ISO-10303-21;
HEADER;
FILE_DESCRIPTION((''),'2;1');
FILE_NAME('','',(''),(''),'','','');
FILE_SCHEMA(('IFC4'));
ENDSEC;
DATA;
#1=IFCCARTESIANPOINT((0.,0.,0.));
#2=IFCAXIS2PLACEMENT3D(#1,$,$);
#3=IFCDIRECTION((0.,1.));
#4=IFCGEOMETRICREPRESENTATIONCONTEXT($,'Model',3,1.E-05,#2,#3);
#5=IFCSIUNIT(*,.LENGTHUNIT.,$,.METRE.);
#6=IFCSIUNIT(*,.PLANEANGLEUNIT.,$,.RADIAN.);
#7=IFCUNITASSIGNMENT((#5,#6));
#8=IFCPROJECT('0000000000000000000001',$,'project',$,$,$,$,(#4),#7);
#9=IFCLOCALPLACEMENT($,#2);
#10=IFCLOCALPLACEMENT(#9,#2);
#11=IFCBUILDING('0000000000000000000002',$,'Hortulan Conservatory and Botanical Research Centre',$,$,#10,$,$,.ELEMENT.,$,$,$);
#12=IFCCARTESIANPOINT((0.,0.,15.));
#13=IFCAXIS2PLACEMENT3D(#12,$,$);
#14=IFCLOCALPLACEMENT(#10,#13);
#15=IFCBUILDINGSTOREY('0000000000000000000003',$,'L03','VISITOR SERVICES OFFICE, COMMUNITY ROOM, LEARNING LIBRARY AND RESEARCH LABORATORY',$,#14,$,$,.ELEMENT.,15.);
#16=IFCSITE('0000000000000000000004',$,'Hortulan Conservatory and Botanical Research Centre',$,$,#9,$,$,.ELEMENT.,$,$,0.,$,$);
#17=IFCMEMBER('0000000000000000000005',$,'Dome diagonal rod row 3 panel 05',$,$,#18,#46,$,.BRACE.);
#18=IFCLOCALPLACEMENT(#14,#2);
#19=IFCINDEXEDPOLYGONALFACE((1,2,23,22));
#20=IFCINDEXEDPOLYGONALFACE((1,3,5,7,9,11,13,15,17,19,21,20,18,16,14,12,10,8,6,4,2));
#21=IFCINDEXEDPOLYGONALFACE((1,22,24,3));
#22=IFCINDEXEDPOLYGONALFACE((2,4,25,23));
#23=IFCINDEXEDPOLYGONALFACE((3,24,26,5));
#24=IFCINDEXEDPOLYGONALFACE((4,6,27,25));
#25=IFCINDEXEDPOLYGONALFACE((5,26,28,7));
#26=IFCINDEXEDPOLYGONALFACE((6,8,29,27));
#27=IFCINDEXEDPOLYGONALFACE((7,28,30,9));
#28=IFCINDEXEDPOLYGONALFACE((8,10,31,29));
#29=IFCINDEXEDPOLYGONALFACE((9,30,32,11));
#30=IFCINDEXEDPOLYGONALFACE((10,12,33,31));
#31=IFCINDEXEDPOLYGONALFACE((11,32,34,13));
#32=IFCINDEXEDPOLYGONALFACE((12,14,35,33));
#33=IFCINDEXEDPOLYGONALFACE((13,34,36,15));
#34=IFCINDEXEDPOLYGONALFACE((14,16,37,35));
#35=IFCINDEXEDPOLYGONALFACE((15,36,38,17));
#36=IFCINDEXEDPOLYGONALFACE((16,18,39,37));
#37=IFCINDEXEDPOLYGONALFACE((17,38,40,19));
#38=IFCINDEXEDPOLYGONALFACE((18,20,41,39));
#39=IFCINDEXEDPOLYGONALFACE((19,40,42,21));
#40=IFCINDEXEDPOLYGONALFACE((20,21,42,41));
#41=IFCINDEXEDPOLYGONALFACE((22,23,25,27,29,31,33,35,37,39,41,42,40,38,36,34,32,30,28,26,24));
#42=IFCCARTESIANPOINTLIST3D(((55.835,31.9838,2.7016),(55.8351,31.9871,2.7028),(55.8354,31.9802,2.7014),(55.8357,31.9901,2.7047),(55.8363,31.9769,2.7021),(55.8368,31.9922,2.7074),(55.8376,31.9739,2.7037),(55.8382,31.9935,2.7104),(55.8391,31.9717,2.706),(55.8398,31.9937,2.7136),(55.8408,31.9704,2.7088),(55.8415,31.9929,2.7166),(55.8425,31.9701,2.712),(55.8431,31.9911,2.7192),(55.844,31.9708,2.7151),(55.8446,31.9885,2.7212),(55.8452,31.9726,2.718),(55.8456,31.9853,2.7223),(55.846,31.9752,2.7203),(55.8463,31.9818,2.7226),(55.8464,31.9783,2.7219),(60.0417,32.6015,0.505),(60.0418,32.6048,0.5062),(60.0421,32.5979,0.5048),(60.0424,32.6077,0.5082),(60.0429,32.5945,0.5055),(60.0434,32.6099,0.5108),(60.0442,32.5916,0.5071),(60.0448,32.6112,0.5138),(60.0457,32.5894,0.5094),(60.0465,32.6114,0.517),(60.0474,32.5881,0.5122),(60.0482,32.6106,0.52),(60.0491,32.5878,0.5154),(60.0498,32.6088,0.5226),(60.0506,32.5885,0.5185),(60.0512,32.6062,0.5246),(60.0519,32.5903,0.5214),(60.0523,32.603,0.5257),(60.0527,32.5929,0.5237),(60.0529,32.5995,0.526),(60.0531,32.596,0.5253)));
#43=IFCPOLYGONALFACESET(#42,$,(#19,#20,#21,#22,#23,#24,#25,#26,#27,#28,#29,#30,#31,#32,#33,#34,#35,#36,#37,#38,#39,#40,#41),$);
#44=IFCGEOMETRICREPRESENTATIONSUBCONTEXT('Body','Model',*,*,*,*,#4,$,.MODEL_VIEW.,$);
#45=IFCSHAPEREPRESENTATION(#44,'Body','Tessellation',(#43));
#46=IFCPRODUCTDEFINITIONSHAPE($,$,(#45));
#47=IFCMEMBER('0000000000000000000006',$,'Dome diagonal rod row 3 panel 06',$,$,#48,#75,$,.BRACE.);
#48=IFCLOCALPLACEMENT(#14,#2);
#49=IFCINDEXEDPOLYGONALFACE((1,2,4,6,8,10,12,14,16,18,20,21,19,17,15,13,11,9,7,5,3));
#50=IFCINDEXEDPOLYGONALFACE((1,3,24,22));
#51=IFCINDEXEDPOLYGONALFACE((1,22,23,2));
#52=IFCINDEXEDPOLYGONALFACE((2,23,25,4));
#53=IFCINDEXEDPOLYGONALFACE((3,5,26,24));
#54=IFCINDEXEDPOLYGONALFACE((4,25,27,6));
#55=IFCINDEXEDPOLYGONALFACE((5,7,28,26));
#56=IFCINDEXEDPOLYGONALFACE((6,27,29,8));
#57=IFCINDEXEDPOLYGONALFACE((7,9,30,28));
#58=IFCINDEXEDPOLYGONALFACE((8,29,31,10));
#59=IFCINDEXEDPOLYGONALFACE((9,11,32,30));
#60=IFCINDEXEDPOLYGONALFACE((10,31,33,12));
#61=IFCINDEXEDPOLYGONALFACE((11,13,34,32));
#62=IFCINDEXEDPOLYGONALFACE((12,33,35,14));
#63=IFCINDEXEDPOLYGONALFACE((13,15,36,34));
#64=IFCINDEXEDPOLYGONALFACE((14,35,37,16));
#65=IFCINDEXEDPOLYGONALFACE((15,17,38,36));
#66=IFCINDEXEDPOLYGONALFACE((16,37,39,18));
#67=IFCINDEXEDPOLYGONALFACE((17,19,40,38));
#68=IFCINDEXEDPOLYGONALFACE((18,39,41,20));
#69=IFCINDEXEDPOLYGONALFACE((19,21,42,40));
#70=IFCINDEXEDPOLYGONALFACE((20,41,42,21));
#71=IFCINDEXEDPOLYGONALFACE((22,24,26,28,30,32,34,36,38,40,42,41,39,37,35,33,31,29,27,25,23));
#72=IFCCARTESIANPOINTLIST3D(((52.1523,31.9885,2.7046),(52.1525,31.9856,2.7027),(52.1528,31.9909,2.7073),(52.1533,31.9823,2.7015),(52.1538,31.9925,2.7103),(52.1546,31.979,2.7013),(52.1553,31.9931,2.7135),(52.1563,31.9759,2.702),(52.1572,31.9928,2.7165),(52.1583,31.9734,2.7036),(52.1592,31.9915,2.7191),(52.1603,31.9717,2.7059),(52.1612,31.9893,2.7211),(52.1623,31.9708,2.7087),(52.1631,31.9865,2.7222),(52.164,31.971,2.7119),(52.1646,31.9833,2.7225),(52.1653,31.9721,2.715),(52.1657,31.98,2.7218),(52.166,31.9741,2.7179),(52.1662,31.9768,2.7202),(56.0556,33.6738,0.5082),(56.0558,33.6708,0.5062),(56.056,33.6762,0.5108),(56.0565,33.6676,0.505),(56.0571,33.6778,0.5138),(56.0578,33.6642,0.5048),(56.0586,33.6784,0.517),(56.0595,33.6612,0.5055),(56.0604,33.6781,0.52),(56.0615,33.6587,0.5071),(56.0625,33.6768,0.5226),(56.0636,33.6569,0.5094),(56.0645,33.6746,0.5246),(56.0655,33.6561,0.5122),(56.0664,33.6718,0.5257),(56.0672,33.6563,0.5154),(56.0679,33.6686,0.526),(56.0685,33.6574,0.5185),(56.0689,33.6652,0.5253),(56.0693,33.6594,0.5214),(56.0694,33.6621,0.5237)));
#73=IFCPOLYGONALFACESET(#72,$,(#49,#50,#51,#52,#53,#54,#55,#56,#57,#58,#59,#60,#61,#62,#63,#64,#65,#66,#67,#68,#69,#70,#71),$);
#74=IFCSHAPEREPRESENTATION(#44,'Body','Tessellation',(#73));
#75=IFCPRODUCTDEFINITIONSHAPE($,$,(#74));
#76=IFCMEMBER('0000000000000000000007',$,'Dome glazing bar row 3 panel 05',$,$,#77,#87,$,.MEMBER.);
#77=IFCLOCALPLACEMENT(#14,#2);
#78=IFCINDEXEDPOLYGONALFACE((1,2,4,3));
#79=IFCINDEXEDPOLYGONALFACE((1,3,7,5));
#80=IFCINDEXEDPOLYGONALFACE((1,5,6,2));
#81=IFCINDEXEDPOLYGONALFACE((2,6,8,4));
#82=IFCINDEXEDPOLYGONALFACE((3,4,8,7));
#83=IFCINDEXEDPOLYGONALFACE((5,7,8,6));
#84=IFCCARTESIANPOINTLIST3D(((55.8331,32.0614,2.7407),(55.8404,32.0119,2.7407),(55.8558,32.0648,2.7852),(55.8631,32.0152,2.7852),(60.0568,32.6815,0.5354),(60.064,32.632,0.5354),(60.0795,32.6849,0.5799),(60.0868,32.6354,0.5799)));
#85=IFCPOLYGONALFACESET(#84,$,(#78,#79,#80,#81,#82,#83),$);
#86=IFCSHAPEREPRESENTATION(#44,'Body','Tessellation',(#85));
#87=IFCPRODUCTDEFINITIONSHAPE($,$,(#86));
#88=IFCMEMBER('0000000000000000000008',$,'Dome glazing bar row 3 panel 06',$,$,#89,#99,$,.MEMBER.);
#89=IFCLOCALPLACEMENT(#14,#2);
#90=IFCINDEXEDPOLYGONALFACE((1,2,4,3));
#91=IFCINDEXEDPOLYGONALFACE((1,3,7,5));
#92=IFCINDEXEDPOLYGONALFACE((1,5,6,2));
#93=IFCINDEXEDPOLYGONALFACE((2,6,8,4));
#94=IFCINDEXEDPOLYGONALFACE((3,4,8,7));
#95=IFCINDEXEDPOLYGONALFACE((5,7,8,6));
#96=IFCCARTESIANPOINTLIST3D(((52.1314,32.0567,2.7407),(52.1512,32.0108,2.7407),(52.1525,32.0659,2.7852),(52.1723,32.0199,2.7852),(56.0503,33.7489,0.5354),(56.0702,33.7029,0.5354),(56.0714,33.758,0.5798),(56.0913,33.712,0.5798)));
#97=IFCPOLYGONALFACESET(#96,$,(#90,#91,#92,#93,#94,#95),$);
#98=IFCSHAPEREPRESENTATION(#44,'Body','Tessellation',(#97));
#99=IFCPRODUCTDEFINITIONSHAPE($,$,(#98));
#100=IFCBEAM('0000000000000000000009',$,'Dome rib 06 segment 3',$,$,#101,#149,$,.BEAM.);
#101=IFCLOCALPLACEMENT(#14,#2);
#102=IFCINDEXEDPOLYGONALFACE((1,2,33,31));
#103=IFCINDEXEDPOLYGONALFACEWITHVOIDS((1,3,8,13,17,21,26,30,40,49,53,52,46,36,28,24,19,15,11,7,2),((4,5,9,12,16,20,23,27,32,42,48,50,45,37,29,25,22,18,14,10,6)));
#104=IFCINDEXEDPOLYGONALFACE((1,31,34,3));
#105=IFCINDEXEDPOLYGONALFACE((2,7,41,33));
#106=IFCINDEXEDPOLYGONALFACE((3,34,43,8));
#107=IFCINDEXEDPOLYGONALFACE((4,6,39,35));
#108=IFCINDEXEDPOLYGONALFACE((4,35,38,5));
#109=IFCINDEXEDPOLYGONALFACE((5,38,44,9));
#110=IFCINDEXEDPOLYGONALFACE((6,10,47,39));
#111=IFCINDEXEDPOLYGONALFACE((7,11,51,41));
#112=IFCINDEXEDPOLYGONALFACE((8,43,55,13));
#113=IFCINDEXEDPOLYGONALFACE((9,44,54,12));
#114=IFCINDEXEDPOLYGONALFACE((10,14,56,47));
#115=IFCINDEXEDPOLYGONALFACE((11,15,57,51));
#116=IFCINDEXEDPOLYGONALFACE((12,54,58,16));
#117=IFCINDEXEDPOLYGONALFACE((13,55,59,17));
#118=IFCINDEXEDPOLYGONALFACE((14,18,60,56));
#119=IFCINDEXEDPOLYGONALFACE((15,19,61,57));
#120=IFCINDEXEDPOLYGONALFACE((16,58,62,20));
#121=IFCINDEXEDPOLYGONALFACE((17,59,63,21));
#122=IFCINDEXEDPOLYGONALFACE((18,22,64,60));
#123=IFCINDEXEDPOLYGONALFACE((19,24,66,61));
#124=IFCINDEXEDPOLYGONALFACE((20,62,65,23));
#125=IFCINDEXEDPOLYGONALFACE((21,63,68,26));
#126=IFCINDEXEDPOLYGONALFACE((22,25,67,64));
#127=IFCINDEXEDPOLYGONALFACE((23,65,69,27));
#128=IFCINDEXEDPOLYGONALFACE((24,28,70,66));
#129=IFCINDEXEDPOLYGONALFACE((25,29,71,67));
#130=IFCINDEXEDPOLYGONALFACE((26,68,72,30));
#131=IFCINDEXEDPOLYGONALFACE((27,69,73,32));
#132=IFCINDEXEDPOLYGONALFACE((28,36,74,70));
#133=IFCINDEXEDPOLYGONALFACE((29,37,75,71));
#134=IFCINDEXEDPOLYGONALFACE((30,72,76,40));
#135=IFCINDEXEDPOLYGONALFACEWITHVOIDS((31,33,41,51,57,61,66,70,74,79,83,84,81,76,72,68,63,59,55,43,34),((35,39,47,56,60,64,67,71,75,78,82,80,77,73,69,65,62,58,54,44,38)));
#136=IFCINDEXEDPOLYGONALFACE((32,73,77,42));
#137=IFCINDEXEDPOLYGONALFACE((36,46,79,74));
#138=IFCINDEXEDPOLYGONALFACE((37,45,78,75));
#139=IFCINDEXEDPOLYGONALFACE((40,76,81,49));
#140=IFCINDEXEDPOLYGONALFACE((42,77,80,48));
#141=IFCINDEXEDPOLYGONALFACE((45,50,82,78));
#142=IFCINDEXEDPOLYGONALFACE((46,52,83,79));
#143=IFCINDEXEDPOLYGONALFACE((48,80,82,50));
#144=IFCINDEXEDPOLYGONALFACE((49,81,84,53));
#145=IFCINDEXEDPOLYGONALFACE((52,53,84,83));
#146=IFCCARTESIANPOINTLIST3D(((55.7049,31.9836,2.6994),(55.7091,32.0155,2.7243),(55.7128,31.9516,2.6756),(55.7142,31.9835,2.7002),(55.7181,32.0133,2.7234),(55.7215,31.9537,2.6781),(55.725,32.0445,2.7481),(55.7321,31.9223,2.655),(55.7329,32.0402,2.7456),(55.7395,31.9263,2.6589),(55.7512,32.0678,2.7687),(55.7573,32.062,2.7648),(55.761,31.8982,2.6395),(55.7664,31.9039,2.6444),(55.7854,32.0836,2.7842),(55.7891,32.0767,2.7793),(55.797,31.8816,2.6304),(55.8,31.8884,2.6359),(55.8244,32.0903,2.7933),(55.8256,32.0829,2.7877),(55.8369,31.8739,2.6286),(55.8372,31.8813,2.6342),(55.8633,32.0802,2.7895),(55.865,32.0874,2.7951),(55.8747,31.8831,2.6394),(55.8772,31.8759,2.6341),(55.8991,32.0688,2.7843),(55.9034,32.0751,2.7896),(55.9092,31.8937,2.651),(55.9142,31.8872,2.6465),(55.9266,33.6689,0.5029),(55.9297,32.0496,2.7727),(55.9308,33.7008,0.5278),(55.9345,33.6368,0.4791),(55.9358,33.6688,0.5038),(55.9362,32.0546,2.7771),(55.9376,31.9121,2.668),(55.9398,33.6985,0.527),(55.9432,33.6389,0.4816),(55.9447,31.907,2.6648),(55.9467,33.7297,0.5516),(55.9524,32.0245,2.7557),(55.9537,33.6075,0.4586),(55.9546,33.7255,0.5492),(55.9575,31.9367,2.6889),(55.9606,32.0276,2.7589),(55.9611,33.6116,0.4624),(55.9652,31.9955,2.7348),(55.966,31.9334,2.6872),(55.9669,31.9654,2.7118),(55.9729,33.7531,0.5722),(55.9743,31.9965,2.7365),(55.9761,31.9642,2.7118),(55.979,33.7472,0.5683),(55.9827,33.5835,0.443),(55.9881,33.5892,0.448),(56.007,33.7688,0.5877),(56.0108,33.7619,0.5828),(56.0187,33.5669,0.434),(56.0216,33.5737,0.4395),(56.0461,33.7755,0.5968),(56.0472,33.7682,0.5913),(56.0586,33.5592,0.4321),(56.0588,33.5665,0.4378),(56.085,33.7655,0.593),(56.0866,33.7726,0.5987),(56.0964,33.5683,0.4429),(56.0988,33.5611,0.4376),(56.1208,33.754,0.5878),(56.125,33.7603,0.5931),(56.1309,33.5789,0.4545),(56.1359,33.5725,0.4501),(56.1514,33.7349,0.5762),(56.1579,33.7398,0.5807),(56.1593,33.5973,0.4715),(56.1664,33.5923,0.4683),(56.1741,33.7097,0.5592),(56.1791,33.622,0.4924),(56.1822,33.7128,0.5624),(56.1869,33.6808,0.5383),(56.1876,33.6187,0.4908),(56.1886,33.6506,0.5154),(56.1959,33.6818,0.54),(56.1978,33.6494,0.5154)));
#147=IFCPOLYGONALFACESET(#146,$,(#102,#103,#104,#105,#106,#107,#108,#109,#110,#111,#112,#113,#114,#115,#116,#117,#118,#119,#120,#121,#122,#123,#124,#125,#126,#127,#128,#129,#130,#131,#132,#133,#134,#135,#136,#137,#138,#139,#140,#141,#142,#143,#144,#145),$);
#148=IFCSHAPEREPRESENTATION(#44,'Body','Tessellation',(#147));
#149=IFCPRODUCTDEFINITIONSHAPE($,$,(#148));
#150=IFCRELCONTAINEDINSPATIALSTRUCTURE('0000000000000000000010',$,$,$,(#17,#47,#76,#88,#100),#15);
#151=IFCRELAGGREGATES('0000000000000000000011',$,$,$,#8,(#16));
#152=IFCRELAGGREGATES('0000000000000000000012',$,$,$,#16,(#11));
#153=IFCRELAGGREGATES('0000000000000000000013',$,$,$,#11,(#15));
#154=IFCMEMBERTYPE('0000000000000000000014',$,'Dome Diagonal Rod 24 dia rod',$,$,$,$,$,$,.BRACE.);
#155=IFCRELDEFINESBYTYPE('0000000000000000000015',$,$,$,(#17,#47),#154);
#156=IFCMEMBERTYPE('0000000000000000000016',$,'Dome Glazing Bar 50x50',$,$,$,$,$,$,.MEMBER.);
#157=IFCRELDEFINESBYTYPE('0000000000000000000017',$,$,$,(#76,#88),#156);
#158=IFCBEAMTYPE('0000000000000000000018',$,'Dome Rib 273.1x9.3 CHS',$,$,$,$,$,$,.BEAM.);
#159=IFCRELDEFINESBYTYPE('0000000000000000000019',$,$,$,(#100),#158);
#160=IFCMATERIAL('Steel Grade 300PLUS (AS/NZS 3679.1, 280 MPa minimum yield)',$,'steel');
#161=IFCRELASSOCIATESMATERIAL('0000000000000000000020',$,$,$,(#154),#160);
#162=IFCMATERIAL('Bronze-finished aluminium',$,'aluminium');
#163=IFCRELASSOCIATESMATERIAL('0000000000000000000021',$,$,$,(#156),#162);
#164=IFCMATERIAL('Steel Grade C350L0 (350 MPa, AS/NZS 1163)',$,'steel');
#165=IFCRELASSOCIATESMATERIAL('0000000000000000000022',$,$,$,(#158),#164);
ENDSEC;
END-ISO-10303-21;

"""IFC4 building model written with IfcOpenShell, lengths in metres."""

from ifc_helpers import new_model, si_unit, direction, frame, origin, origin_2d, place, context, subcontext, project, spatial, rectangle, circle, hollow_circle, extrude, material, material_profile, profile_set, type_object, element, save


model = new_model("IFC4")

# Units and contexts
model_context = context("Model", 3, precision=1e-05, world=origin(), true_north=direction((0.0, 1.0)))
body_context = subcontext(model_context, "Body", "Model", "MODEL_VIEW")
ifc_project = project(units=[si_unit("LENGTHUNIT", "METRE"), si_unit("PLANEANGLEUNIT", "RADIAN")], contexts=[model_context])

# Site, building, storey
site_placement = place(None, origin())
site = spatial("IfcSite", under=ifc_project, at=site_placement, Name="Hortulan Conservatory and Botanical Research Centre", CompositionType="ELEMENT", RefElevation=0.0)
building_placement = place(site_placement, origin())
building = spatial("IfcBuilding", under=site, at=building_placement, Name="Hortulan Conservatory and Botanical Research Centre", CompositionType="ELEMENT")
storey_placement = place(building_placement, frame((0.0, 0.0, 15.0)))
storey = spatial("IfcBuildingStorey", under=building, at=storey_placement, Name="L03", Description="VISITOR SERVICES OFFICE, COMMUNITY ROOM, LEARNING LIBRARY AND RESEARCH LABORATORY", CompositionType="ELEMENT", Elevation=15.0)

# Members
ifc_material_1 = material(Name="Steel Grade 300PLUS (AS/NZS 3679.1, 280 MPa minimum yield)", Category="steel")
ifc_material_profile_1 = material_profile(ifc_material_1, circle(Radius=0.012, at=origin_2d()), Name="24 dia rod")
ifc_profile_set_1 = profile_set([ifc_material_profile_1], Name="Steel Grade 300PLUS (AS/NZS 3679.1, 280 MPa minimum yield)")
member_type_1 = type_object("IfcMemberType", Name="Dome Diagonal Rod 24 dia rod", PredefinedType="BRACE", material=ifc_profile_set_1)
member_1_placement = place(storey_placement, frame((60.0474, 32.5996, 0.5154), z_axis=(-0.879013, -0.129072, 0.458995), x_axis=(0.145279, -0.989391, 0.0)))
element("IfcMember", 1, at=member_1_placement, inside=storey, type_object=member_type_1, Name="Dome diagonal rod row 3 panel 05", PredefinedType="BRACE", context=body_context, shape_type="SweptSolid", body=[
    extrude(circle(Radius=0.012, at=origin_2d()), origin(), (0.0, 0.0, 1.0), 4.7856),
])
member_2_placement = place(storey_placement, frame((56.0625, 33.6672, 0.5154), z_axis=(-0.815657, -0.352169, 0.458999), x_axis=(0.396392, -0.918081, 0.0)))
element("IfcMember", 2, at=member_2_placement, inside=storey, type_object=member_type_1, Name="Dome diagonal rod row 3 panel 06", PredefinedType="BRACE", context=body_context, shape_type="SweptSolid", body=[
    extrude(circle(Radius=0.012, at=origin_2d()), origin(), (0.0, 0.0, 1.0), 4.7854),
])
ifc_material_2 = material(Name="Bronze-finished aluminium", Category="aluminium")
ifc_material_profile_2 = material_profile(ifc_material_2, rectangle(XDim=0.05, YDim=0.05, at=origin_2d()), Name="Square bar 50x50")
ifc_profile_set_2 = profile_set([ifc_material_profile_2], Name="Bronze-finished aluminium")
member_type_2 = type_object("IfcMemberType", Name="Dome Glazing Bar 50x50", PredefinedType="MEMBER", material=ifc_profile_set_2)
member_3_placement = place(storey_placement, frame((60.0718, 32.6584, 0.5576), z_axis=(-0.879026, -0.129059, 0.458974), x_axis=(0.145263, -0.989393, 0.0)))
element("IfcMember", 3, at=member_3_placement, inside=storey, type_object=member_type_2, Name="Dome glazing bar row 3 panel 05", PredefinedType="MEMBER", context=body_context, shape_type="SweptSolid", body=[
    extrude(rectangle(XDim=0.05, YDim=0.05, at=origin_2d()), origin(), (0.0, 0.0, 1.0), 4.8049),
])
member_4_placement = place(storey_placement, frame((56.0708, 33.7305, 0.5576), z_axis=(-0.815652, -0.352186, 0.458995), x_axis=(0.39641, -0.918074, 0.0)))
element("IfcMember", 4, at=member_4_placement, inside=storey, type_object=member_type_2, Name="Dome glazing bar row 3 panel 06", PredefinedType="MEMBER", context=body_context, shape_type="SweptSolid", body=[
    extrude(rectangle(XDim=0.05, YDim=0.05, at=origin_2d()), origin(), (0.0, 0.0, 1.0), 4.8047),
])

# Beam
ifc_material_3 = material(Name="Steel Grade C350L0 (350 MPa, AS/NZS 1163)", Category="steel")
ifc_material_profile_3 = material_profile(ifc_material_3, hollow_circle(Radius=0.1365, WallThickness=0.0093, at=origin_2d()), Name="273.1x9.3CHS")
ifc_profile_set_3 = profile_set([ifc_material_profile_3], Name="Steel Grade C350L0 (350 MPa, AS/NZS 1163)")
beam_type_1 = type_object("IfcBeamType", Name="Dome Rib 273.1x9.3 CHS", PredefinedType="BEAM", material=ifc_profile_set_3)
beam_1_placement = place(storey_placement, frame((56.0625, 33.6672, 0.5154), z_axis=(-0.079815, -0.606784, 0.79085), x_axis=(0.99146, -0.130414, 0.0)))
element("IfcBeam", 5, at=beam_1_placement, inside=storey, type_object=beam_type_1, Name="Dome rib 06 segment 3", PredefinedType="BEAM", context=body_context, shape_type="SweptSolid", body=[
    extrude(hollow_circle(Radius=0.1365, WallThickness=0.0093, at=origin_2d()), origin(), (0.0, 0.0, 1.0), 2.7773),
])

save(model, "model.ifc")
